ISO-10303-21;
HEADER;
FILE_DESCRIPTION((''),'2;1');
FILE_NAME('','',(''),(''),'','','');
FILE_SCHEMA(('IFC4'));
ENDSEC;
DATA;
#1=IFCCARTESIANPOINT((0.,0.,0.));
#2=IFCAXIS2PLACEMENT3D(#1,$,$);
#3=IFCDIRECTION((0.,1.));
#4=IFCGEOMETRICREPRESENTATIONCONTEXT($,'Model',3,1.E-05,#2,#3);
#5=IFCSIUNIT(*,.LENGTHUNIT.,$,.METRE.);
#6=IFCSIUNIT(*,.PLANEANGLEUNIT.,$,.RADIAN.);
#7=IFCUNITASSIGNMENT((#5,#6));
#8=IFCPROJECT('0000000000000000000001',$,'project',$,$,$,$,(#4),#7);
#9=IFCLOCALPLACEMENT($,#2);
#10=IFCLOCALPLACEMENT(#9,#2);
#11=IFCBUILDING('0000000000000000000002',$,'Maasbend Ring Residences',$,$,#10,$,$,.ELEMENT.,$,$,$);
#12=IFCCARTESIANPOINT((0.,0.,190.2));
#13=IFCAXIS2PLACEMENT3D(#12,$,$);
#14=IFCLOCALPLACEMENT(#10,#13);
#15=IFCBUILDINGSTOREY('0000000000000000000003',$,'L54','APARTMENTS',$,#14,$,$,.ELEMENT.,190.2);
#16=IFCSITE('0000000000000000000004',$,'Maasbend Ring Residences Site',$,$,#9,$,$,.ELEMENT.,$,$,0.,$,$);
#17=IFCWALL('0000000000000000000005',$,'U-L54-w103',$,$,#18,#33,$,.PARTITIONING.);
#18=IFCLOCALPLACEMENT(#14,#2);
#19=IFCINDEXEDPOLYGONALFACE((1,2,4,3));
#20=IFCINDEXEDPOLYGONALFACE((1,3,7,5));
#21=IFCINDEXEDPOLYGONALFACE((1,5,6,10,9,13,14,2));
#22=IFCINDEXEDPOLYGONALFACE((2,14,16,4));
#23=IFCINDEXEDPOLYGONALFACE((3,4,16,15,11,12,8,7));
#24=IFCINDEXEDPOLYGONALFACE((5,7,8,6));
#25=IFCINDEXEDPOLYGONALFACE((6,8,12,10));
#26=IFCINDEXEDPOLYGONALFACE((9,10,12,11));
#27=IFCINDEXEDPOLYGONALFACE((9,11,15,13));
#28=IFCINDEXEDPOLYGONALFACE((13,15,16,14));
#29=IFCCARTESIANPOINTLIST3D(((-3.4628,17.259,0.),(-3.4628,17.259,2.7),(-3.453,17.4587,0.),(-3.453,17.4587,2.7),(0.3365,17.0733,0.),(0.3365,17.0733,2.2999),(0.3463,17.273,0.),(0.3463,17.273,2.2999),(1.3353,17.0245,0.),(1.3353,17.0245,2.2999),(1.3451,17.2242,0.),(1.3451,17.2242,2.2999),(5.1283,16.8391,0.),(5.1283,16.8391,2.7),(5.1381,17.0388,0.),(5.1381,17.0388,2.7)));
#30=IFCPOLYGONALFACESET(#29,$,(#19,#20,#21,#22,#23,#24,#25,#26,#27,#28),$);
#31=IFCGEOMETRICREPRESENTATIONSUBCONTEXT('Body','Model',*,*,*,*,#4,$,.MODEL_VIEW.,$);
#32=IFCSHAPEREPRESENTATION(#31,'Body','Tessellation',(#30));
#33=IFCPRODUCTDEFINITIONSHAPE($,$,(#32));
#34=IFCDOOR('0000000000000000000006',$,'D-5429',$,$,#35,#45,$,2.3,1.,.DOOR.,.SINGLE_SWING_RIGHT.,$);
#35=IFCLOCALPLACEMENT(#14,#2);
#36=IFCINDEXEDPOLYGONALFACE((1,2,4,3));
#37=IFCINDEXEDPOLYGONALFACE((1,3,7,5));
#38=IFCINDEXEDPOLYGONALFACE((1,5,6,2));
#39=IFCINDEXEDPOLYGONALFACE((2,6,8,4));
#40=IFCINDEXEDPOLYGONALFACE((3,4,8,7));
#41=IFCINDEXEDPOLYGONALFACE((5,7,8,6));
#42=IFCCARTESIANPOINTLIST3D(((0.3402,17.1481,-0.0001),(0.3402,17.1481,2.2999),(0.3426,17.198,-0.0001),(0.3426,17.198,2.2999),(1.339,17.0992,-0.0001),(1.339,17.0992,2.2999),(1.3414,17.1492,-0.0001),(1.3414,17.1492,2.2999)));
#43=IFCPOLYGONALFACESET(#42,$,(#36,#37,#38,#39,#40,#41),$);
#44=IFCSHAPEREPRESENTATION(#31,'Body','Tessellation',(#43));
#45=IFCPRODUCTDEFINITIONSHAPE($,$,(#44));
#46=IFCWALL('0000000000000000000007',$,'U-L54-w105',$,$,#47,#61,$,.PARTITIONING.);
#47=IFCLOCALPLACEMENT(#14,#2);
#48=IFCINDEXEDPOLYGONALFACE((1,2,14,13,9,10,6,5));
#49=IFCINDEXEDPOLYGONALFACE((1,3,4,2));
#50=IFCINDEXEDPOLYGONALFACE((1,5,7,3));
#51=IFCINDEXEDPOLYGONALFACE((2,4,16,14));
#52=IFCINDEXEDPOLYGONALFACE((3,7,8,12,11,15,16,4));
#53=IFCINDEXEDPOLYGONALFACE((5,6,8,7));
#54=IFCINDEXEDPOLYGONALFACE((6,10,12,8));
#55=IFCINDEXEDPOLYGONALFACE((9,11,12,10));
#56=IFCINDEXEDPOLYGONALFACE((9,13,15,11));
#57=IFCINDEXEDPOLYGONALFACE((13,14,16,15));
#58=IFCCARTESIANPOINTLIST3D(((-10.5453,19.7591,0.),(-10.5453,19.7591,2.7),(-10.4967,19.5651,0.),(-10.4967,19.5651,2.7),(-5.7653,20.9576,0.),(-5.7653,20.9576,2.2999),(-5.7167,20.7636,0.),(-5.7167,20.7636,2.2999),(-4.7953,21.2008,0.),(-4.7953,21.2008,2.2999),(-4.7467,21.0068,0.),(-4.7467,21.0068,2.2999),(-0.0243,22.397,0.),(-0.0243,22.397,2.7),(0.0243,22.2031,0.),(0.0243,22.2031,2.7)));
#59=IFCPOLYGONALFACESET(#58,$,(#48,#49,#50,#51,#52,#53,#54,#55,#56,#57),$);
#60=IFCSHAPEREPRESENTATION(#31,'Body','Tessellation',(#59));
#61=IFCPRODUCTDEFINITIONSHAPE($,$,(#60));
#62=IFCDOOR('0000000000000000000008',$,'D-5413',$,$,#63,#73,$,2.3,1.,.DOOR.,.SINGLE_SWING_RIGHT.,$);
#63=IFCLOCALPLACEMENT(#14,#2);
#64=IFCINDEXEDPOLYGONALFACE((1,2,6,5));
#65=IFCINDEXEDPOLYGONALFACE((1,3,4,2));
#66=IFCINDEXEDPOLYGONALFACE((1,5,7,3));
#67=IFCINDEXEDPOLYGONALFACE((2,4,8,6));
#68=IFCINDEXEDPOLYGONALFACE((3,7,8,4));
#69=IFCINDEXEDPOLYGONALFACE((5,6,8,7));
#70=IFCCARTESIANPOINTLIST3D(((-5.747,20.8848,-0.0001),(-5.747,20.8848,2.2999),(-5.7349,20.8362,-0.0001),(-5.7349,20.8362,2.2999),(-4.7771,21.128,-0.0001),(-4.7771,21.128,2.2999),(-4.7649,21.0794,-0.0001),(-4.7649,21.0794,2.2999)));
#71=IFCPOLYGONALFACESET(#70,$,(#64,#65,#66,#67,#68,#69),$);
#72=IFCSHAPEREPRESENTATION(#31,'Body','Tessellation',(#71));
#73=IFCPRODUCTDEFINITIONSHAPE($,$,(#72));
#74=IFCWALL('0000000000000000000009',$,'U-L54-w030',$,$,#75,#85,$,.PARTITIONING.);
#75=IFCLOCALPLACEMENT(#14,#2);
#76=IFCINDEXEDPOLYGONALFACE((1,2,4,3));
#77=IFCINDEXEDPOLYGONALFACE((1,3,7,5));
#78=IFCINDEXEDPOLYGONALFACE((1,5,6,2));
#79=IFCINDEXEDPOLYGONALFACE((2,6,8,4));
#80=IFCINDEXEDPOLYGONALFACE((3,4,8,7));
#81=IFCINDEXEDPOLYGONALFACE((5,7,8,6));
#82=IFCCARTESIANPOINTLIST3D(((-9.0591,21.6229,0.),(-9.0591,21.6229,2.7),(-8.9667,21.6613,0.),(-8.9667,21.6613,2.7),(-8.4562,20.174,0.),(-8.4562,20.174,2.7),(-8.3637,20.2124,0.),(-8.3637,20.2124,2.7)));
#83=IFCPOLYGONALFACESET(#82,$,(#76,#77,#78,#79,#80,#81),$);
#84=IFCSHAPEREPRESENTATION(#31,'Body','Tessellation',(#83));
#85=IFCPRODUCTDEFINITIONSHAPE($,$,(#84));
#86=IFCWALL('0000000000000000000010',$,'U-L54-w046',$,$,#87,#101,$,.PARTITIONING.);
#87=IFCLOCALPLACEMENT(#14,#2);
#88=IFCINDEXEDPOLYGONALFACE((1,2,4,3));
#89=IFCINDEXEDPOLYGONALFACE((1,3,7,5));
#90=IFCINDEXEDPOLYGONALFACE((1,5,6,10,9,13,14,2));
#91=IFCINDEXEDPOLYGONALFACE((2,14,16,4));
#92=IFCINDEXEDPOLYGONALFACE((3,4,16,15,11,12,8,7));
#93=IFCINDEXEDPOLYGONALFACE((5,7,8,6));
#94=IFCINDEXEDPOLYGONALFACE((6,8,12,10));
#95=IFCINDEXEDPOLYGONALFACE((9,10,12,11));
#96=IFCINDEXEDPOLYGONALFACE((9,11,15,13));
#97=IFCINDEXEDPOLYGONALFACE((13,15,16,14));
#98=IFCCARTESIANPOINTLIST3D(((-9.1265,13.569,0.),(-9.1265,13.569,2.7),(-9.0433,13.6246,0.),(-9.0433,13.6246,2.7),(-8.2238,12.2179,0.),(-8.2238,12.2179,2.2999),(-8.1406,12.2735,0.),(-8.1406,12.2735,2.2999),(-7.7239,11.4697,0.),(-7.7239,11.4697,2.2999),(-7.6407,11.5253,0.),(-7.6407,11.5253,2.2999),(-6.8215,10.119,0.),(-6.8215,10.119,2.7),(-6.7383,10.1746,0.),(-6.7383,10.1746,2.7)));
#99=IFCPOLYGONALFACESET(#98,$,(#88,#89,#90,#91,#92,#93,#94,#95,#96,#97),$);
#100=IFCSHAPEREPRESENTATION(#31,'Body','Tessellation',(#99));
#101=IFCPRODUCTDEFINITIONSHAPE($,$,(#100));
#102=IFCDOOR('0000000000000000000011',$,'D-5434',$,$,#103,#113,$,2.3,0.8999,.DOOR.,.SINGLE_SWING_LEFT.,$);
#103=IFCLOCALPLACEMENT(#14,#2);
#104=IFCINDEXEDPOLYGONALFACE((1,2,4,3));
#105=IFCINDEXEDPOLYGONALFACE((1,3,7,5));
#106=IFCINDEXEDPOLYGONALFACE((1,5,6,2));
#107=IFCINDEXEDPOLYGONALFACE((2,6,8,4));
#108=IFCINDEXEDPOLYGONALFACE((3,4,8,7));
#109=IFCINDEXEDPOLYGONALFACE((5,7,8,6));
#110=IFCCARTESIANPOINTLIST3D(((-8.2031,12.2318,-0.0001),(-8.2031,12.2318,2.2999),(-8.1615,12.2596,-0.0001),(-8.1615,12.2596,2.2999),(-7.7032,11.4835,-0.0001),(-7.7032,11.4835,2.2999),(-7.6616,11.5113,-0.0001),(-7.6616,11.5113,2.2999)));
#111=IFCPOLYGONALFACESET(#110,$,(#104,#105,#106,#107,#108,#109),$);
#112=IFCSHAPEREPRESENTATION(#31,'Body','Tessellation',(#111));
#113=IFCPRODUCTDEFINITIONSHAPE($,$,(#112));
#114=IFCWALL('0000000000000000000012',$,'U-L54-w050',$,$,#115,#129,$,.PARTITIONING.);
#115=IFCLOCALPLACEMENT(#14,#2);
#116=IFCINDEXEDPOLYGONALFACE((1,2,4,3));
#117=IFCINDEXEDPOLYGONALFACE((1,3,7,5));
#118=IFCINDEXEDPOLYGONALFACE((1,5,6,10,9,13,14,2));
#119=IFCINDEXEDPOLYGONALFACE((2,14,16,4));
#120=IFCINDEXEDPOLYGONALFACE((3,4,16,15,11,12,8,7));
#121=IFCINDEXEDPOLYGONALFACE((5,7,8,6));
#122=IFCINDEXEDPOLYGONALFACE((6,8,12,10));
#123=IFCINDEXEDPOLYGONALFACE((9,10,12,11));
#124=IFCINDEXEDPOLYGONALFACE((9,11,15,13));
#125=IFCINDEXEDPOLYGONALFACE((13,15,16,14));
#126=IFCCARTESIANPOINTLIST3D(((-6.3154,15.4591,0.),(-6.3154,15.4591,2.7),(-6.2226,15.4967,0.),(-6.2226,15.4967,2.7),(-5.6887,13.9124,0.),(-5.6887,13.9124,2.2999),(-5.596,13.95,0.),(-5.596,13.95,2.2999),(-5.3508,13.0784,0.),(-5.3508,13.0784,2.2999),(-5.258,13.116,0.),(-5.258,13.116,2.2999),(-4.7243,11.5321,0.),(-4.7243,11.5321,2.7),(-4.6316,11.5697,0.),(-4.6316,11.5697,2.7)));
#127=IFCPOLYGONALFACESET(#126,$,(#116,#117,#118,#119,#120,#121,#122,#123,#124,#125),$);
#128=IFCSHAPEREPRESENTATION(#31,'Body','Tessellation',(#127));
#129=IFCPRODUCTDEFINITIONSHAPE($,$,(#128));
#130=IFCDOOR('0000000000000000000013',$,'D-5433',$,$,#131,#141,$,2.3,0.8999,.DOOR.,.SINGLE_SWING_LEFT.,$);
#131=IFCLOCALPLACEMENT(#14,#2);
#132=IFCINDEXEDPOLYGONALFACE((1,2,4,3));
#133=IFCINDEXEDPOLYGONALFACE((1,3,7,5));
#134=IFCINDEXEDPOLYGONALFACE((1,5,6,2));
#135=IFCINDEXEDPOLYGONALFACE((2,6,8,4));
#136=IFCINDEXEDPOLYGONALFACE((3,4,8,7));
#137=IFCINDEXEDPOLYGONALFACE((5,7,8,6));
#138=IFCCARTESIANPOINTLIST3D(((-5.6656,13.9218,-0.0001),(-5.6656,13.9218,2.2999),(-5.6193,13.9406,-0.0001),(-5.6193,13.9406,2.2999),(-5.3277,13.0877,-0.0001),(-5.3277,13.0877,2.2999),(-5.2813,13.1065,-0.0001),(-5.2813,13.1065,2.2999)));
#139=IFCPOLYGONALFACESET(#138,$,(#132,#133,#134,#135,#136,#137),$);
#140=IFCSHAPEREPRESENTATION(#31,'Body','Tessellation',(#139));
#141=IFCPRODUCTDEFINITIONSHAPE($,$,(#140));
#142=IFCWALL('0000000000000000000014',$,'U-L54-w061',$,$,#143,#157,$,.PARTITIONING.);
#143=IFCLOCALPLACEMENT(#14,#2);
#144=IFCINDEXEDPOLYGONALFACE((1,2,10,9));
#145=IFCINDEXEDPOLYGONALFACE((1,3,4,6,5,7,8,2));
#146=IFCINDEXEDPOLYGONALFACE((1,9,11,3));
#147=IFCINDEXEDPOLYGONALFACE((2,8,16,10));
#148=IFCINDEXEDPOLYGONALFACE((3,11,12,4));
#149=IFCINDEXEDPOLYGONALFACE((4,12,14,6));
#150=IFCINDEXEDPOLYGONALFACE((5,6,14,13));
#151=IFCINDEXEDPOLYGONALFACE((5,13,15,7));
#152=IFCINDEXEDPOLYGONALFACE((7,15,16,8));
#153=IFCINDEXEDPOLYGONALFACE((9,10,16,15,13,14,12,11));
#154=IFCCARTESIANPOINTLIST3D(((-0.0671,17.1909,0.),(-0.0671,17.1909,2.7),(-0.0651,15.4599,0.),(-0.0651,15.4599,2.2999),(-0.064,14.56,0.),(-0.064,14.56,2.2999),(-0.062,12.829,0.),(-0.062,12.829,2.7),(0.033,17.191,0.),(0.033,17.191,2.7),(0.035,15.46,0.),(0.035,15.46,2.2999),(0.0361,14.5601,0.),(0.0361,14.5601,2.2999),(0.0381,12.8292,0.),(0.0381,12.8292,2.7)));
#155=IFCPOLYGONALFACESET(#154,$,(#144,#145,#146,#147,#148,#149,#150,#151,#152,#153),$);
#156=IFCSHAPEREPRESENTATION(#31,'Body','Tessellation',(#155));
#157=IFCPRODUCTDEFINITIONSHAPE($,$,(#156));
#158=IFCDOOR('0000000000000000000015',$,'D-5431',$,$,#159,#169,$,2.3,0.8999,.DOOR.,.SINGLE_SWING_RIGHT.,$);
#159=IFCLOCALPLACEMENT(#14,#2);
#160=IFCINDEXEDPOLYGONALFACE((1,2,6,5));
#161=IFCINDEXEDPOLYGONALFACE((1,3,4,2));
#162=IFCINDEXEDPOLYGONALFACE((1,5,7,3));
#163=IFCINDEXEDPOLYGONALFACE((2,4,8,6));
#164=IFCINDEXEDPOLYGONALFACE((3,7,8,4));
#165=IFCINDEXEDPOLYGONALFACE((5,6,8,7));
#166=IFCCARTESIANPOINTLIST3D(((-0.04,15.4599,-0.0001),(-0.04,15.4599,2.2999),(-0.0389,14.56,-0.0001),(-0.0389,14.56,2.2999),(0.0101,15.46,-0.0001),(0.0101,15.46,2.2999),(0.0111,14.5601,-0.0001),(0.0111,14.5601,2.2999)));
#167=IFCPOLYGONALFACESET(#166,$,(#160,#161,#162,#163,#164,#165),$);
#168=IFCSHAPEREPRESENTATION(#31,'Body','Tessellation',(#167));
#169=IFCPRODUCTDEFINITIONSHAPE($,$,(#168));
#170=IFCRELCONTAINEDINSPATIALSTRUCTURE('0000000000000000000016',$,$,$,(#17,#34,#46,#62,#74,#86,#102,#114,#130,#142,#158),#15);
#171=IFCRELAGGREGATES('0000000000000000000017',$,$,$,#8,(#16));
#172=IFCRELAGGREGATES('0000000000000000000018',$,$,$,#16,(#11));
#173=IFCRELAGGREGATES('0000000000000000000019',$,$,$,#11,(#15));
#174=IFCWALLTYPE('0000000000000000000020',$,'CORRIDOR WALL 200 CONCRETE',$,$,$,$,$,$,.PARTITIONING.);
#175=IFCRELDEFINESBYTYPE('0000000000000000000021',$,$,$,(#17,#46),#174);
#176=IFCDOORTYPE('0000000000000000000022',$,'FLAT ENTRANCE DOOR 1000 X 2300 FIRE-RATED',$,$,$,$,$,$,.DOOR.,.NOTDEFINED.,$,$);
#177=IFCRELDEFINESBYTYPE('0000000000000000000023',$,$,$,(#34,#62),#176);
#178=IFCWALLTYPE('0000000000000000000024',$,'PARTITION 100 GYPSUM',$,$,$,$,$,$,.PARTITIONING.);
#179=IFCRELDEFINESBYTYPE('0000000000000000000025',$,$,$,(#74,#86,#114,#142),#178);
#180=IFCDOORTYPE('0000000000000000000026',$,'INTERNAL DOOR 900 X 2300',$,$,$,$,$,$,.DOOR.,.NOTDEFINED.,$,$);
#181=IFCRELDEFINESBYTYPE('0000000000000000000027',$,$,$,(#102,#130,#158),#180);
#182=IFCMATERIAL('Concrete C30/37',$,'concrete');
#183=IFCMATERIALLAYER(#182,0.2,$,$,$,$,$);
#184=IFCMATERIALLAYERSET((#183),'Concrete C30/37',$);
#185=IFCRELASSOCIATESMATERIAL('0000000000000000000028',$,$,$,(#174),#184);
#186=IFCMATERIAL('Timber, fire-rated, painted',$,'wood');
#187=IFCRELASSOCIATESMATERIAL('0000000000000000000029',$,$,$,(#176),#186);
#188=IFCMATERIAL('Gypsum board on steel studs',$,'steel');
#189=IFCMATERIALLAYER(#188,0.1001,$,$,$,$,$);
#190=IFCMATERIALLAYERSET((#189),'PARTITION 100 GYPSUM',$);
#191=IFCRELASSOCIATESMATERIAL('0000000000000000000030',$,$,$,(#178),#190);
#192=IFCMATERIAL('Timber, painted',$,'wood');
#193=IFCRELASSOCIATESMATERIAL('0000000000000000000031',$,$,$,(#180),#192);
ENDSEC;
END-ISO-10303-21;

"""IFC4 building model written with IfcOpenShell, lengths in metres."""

from ifc_helpers import new_model, si_unit, direction, frame, frame_2d, origin, place, context, subcontext, project, spatial, rectangle, extrude, material, layer, layer_set, type_object, element, fill, save


model = new_model("IFC4")

# Units and contexts
model_context = context("Model", 3, precision=1e-05, world=origin(), true_north=direction((0.0, 1.0)))
body_context = subcontext(model_context, "Body", "Model", "MODEL_VIEW")
ifc_project = project(units=[si_unit("LENGTHUNIT", "METRE"), si_unit("PLANEANGLEUNIT", "RADIAN")], contexts=[model_context])

# Site, building, storey
site_placement = place(None, origin())
site = spatial("IfcSite", under=ifc_project, at=site_placement, Name="Maasbend Ring Residences Site", CompositionType="ELEMENT", RefElevation=0.0)
building_placement = place(site_placement, origin())
building = spatial("IfcBuilding", under=site, at=building_placement, Name="Maasbend Ring Residences", CompositionType="ELEMENT")
storey_placement = place(building_placement, frame((0.0, 0.0, 190.2)))
storey = spatial("IfcBuildingStorey", under=building, at=storey_placement, Name="L54", Description="APARTMENTS", CompositionType="ELEMENT", Elevation=190.2)

# Walls, openings, doors
ifc_material_1 = material(Name="Concrete C30/37", Category="concrete")
ifc_layer_1 = layer(ifc_material_1, 0.2)
ifc_layer_set_1 = layer_set([ifc_layer_1], Name="Concrete C30/37")
wall_type_1 = type_object("IfcWallType", Name="CORRIDOR WALL 200 CONCRETE", PredefinedType="PARTITIONING", material=ifc_layer_set_1)
wall_1_placement = place(storey_placement, frame((-3.458, 17.3589, 0.0), z_axis=(0.0, 0.0, 1.0), x_axis=(0.998808, -0.048821, 0.0)))
wall_1 = element("IfcWall", 1, at=wall_1_placement, inside=storey, type_object=wall_type_1, Name="U-L54-w103", PredefinedType="PARTITIONING", context=body_context, shape_type="SweptSolid", body=[
    extrude(rectangle(XDim=8.6013, YDim=0.2, at=frame_2d((4.3008, 0.0))), origin(), (0.0, 0.0, 1.0), 2.7),
])
opening_1_placement = place(wall_1_placement, frame((3.804, 0.0, 0.0)))
opening_1 = element("IfcOpeningElement", 2, at=opening_1_placement, cuts=wall_1, PredefinedType="OPENING", context=body_context, shape_type="SweptSolid", body=[
    extrude(rectangle(XDim=1.0, YDim=2.3, at=frame_2d((0.5, 1.1499))), frame((0.0, 0.1099, 0.0), z_axis=(0.0, -1.0, 0.0), x_axis=(1.0, 0.0, 0.0)), (0.0, 0.0, 1.0), 0.22),
])
ifc_material_2 = material(Name="Timber, fire-rated, painted", Category="wood")
door_type_1 = type_object("IfcDoorType", Name="FLAT ENTRANCE DOOR 1000 X 2300 FIRE-RATED", OperationType="NOTDEFINED", PredefinedType="DOOR", material=ifc_material_2)
door_1_placement = place(opening_1_placement, origin())
door_1 = element("IfcDoor", 3, at=door_1_placement, inside=storey, type_object=door_type_1, Name="D-5429", OperationType="SINGLE_SWING_RIGHT", OverallHeight=2.3, OverallWidth=1.0, PredefinedType="DOOR", context=body_context, shape_type="SweptSolid", body=[
    extrude(rectangle(XDim=1.0, YDim=2.3, at=frame_2d((0.5, 1.1499))), frame((0.0, 0.0249, 0.0), z_axis=(0.0, -1.0, 0.0), x_axis=(1.0, 0.0, 0.0)), (0.0, 0.0, 1.0), 0.05),
])
fill(opening_1, door_1)
wall_2_placement = place(storey_placement, frame((-10.521, 19.6621, 0.0), z_axis=(0.0, 0.0, 1.0), x_axis=(0.969975, 0.243203, 0.0)))
wall_2 = element("IfcWall", 4, at=wall_2_placement, inside=storey, type_object=wall_type_1, Name="U-L54-w105", PredefinedType="PARTITIONING", context=body_context, shape_type="SweptSolid", body=[
    extrude(rectangle(XDim=10.8467, YDim=0.2, at=frame_2d((5.4233, 0.0))), origin(), (0.0, 0.0, 1.0), 2.7),
])
opening_2_placement = place(wall_2_placement, frame((4.928, 0.0, 0.0)))
opening_2 = element("IfcOpeningElement", 5, at=opening_2_placement, cuts=wall_2, PredefinedType="OPENING", context=body_context, shape_type="SweptSolid", body=[
    extrude(rectangle(XDim=1.0, YDim=2.3, at=frame_2d((0.5, 1.1499))), frame((0.0, 0.1099, 0.0), z_axis=(0.0, -1.0, 0.0), x_axis=(1.0, 0.0, 0.0)), (0.0, 0.0, 1.0), 0.22),
])
door_2_placement = place(opening_2_placement, origin())
door_2 = element("IfcDoor", 6, at=door_2_placement, inside=storey, type_object=door_type_1, Name="D-5413", OperationType="SINGLE_SWING_RIGHT", OverallHeight=2.3, OverallWidth=1.0, PredefinedType="DOOR", context=body_context, shape_type="SweptSolid", body=[
    extrude(rectangle(XDim=1.0, YDim=2.3, at=frame_2d((0.5, 1.1499))), frame((0.0, 0.0249, 0.0), z_axis=(0.0, -1.0, 0.0), x_axis=(1.0, 0.0, 0.0)), (0.0, 0.0, 1.0), 0.05),
])
fill(opening_2, door_2)

# Wall
ifc_material_3 = material(Name="Gypsum board on steel studs", Category="steel")
ifc_layer_2 = layer(ifc_material_3, 0.1001)
ifc_layer_set_2 = layer_set([ifc_layer_2], Name="PARTITION 100 GYPSUM")
wall_type_2 = type_object("IfcWallType", Name="PARTITION 100 GYPSUM", PredefinedType="PARTITIONING", material=ifc_layer_set_2)
wall_3_placement = place(storey_placement, frame((-9.0129, 21.6421, 0.0), z_axis=(0.0, 0.0, 1.0), x_axis=(0.384229, -0.923238, 0.0)))
element("IfcWall", 7, at=wall_3_placement, inside=storey, type_object=wall_type_2, Name="U-L54-w030", PredefinedType="PARTITIONING", context=body_context, shape_type="SweptSolid", body=[
    extrude(rectangle(XDim=1.5693, YDim=0.1001, at=frame_2d((0.7847, 0.0))), origin(), (0.0, 0.0, 1.0), 2.7),
])

# Walls, openings, doors
wall_4_placement = place(storey_placement, frame((-9.085, 13.5969, 0.0), z_axis=(0.0, 0.0, 1.0), x_axis=(0.555528, -0.831498, 0.0)))
wall_4 = element("IfcWall", 8, at=wall_4_placement, inside=storey, type_object=wall_type_2, Name="U-L54-w046", PredefinedType="PARTITIONING", context=body_context, shape_type="SweptSolid", body=[
    extrude(rectangle(XDim=4.1492, YDim=0.1001, at=frame_2d((2.0747, 0.0))), origin(), (0.0, 0.0, 1.0), 2.7),
])
opening_3_placement = place(wall_4_placement, frame((1.625, 0.0, 0.0)))
opening_3 = element("IfcOpeningElement", 9, at=opening_3_placement, cuts=wall_4, PredefinedType="OPENING", context=body_context, shape_type="SweptSolid", body=[
    extrude(rectangle(XDim=0.8999, YDim=2.3, at=frame_2d((0.45, 1.1499))), frame((0.0, 0.0601, 0.0), z_axis=(0.0, -1.0, 0.0), x_axis=(1.0, 0.0, 0.0)), (0.0, 0.0, 1.0), 0.1201),
])
ifc_material_4 = material(Name="Timber, painted", Category="wood")
door_type_2 = type_object("IfcDoorType", Name="INTERNAL DOOR 900 X 2300", OperationType="NOTDEFINED", PredefinedType="DOOR", material=ifc_material_4)
door_3_placement = place(opening_3_placement, origin())
door_3 = element("IfcDoor", 10, at=door_3_placement, inside=storey, type_object=door_type_2, Name="D-5434", OperationType="SINGLE_SWING_LEFT", OverallHeight=2.3, OverallWidth=0.8999, PredefinedType="DOOR", context=body_context, shape_type="SweptSolid", body=[
    extrude(rectangle(XDim=0.8999, YDim=2.3, at=frame_2d((0.45, 1.1499))), frame((0.0, 0.0249, 0.0), z_axis=(0.0, -1.0, 0.0), x_axis=(1.0, 0.0, 0.0)), (0.0, 0.0, 1.0), 0.05),
])
fill(opening_3, door_3)
wall_5_placement = place(storey_placement, frame((-6.269, 15.478, 0.0), z_axis=(0.0, 0.0, 1.0), x_axis=(0.37551, -0.926818, 0.0)))
wall_5 = element("IfcWall", 11, at=wall_5_placement, inside=storey, type_object=wall_type_2, Name="U-L54-w050", PredefinedType="PARTITIONING", context=body_context, shape_type="SweptSolid", body=[
    extrude(rectangle(XDim=4.2371, YDim=0.1001, at=frame_2d((2.1187, 0.0))), origin(), (0.0, 0.0, 1.0), 2.7),
])
opening_4_placement = place(wall_5_placement, frame((1.6689, 0.0, 0.0)))
opening_4 = element("IfcOpeningElement", 12, at=opening_4_placement, cuts=wall_5, PredefinedType="OPENING", context=body_context, shape_type="SweptSolid", body=[
    extrude(rectangle(XDim=0.8999, YDim=2.3, at=frame_2d((0.45, 1.1499))), frame((0.0, 0.0601, 0.0), z_axis=(0.0, -1.0, 0.0), x_axis=(1.0, 0.0, 0.0)), (0.0, 0.0, 1.0), 0.1201),
])
door_4_placement = place(opening_4_placement, origin())
door_4 = element("IfcDoor", 13, at=door_4_placement, inside=storey, type_object=door_type_2, Name="D-5433", OperationType="SINGLE_SWING_LEFT", OverallHeight=2.3, OverallWidth=0.8999, PredefinedType="DOOR", context=body_context, shape_type="SweptSolid", body=[
    extrude(rectangle(XDim=0.8999, YDim=2.3, at=frame_2d((0.45, 1.1499))), frame((0.0, 0.0249, 0.0), z_axis=(0.0, -1.0, 0.0), x_axis=(1.0, 0.0, 0.0)), (0.0, 0.0, 1.0), 0.05),
])
fill(opening_4, door_4)
wall_6_placement = place(storey_placement, frame((-0.012, 12.8291, 0.0), z_axis=(0.0, 0.0, 1.0), x_axis=(-0.001175, 0.999999, 0.0)))
wall_6 = element("IfcWall", 14, at=wall_6_placement, inside=storey, type_object=wall_type_2, Name="U-L54-w061", PredefinedType="PARTITIONING", context=body_context, shape_type="SweptSolid", body=[
    extrude(rectangle(XDim=4.3618, YDim=0.1001, at=frame_2d((2.1809, 0.0))), origin(), (0.0, 0.0, 1.0), 2.7),
])
opening_5_placement = place(wall_6_placement, frame((1.731, 0.0, 0.0)))
opening_5 = element("IfcOpeningElement", 15, at=opening_5_placement, cuts=wall_6, PredefinedType="OPENING", context=body_context, shape_type="SweptSolid", body=[
    extrude(rectangle(XDim=0.8999, YDim=2.3, at=frame_2d((0.45, 1.1499))), frame((0.0, 0.0601, 0.0), z_axis=(0.0, -1.0, 0.0), x_axis=(1.0, 0.0, 0.0)), (0.0, 0.0, 1.0), 0.1201),
])
door_5_placement = place(opening_5_placement, origin())
door_5 = element("IfcDoor", 16, at=door_5_placement, inside=storey, type_object=door_type_2, Name="D-5431", OperationType="SINGLE_SWING_RIGHT", OverallHeight=2.3, OverallWidth=0.8999, PredefinedType="DOOR", context=body_context, shape_type="SweptSolid", body=[
    extrude(rectangle(XDim=0.8999, YDim=2.3, at=frame_2d((0.45, 1.1499))), frame((0.0, 0.0249, 0.0), z_axis=(0.0, -1.0, 0.0), x_axis=(1.0, 0.0, 0.0)), (0.0, 0.0, 1.0), 0.05),
])
fill(opening_5, door_5)

save(model, "model.ifc")
